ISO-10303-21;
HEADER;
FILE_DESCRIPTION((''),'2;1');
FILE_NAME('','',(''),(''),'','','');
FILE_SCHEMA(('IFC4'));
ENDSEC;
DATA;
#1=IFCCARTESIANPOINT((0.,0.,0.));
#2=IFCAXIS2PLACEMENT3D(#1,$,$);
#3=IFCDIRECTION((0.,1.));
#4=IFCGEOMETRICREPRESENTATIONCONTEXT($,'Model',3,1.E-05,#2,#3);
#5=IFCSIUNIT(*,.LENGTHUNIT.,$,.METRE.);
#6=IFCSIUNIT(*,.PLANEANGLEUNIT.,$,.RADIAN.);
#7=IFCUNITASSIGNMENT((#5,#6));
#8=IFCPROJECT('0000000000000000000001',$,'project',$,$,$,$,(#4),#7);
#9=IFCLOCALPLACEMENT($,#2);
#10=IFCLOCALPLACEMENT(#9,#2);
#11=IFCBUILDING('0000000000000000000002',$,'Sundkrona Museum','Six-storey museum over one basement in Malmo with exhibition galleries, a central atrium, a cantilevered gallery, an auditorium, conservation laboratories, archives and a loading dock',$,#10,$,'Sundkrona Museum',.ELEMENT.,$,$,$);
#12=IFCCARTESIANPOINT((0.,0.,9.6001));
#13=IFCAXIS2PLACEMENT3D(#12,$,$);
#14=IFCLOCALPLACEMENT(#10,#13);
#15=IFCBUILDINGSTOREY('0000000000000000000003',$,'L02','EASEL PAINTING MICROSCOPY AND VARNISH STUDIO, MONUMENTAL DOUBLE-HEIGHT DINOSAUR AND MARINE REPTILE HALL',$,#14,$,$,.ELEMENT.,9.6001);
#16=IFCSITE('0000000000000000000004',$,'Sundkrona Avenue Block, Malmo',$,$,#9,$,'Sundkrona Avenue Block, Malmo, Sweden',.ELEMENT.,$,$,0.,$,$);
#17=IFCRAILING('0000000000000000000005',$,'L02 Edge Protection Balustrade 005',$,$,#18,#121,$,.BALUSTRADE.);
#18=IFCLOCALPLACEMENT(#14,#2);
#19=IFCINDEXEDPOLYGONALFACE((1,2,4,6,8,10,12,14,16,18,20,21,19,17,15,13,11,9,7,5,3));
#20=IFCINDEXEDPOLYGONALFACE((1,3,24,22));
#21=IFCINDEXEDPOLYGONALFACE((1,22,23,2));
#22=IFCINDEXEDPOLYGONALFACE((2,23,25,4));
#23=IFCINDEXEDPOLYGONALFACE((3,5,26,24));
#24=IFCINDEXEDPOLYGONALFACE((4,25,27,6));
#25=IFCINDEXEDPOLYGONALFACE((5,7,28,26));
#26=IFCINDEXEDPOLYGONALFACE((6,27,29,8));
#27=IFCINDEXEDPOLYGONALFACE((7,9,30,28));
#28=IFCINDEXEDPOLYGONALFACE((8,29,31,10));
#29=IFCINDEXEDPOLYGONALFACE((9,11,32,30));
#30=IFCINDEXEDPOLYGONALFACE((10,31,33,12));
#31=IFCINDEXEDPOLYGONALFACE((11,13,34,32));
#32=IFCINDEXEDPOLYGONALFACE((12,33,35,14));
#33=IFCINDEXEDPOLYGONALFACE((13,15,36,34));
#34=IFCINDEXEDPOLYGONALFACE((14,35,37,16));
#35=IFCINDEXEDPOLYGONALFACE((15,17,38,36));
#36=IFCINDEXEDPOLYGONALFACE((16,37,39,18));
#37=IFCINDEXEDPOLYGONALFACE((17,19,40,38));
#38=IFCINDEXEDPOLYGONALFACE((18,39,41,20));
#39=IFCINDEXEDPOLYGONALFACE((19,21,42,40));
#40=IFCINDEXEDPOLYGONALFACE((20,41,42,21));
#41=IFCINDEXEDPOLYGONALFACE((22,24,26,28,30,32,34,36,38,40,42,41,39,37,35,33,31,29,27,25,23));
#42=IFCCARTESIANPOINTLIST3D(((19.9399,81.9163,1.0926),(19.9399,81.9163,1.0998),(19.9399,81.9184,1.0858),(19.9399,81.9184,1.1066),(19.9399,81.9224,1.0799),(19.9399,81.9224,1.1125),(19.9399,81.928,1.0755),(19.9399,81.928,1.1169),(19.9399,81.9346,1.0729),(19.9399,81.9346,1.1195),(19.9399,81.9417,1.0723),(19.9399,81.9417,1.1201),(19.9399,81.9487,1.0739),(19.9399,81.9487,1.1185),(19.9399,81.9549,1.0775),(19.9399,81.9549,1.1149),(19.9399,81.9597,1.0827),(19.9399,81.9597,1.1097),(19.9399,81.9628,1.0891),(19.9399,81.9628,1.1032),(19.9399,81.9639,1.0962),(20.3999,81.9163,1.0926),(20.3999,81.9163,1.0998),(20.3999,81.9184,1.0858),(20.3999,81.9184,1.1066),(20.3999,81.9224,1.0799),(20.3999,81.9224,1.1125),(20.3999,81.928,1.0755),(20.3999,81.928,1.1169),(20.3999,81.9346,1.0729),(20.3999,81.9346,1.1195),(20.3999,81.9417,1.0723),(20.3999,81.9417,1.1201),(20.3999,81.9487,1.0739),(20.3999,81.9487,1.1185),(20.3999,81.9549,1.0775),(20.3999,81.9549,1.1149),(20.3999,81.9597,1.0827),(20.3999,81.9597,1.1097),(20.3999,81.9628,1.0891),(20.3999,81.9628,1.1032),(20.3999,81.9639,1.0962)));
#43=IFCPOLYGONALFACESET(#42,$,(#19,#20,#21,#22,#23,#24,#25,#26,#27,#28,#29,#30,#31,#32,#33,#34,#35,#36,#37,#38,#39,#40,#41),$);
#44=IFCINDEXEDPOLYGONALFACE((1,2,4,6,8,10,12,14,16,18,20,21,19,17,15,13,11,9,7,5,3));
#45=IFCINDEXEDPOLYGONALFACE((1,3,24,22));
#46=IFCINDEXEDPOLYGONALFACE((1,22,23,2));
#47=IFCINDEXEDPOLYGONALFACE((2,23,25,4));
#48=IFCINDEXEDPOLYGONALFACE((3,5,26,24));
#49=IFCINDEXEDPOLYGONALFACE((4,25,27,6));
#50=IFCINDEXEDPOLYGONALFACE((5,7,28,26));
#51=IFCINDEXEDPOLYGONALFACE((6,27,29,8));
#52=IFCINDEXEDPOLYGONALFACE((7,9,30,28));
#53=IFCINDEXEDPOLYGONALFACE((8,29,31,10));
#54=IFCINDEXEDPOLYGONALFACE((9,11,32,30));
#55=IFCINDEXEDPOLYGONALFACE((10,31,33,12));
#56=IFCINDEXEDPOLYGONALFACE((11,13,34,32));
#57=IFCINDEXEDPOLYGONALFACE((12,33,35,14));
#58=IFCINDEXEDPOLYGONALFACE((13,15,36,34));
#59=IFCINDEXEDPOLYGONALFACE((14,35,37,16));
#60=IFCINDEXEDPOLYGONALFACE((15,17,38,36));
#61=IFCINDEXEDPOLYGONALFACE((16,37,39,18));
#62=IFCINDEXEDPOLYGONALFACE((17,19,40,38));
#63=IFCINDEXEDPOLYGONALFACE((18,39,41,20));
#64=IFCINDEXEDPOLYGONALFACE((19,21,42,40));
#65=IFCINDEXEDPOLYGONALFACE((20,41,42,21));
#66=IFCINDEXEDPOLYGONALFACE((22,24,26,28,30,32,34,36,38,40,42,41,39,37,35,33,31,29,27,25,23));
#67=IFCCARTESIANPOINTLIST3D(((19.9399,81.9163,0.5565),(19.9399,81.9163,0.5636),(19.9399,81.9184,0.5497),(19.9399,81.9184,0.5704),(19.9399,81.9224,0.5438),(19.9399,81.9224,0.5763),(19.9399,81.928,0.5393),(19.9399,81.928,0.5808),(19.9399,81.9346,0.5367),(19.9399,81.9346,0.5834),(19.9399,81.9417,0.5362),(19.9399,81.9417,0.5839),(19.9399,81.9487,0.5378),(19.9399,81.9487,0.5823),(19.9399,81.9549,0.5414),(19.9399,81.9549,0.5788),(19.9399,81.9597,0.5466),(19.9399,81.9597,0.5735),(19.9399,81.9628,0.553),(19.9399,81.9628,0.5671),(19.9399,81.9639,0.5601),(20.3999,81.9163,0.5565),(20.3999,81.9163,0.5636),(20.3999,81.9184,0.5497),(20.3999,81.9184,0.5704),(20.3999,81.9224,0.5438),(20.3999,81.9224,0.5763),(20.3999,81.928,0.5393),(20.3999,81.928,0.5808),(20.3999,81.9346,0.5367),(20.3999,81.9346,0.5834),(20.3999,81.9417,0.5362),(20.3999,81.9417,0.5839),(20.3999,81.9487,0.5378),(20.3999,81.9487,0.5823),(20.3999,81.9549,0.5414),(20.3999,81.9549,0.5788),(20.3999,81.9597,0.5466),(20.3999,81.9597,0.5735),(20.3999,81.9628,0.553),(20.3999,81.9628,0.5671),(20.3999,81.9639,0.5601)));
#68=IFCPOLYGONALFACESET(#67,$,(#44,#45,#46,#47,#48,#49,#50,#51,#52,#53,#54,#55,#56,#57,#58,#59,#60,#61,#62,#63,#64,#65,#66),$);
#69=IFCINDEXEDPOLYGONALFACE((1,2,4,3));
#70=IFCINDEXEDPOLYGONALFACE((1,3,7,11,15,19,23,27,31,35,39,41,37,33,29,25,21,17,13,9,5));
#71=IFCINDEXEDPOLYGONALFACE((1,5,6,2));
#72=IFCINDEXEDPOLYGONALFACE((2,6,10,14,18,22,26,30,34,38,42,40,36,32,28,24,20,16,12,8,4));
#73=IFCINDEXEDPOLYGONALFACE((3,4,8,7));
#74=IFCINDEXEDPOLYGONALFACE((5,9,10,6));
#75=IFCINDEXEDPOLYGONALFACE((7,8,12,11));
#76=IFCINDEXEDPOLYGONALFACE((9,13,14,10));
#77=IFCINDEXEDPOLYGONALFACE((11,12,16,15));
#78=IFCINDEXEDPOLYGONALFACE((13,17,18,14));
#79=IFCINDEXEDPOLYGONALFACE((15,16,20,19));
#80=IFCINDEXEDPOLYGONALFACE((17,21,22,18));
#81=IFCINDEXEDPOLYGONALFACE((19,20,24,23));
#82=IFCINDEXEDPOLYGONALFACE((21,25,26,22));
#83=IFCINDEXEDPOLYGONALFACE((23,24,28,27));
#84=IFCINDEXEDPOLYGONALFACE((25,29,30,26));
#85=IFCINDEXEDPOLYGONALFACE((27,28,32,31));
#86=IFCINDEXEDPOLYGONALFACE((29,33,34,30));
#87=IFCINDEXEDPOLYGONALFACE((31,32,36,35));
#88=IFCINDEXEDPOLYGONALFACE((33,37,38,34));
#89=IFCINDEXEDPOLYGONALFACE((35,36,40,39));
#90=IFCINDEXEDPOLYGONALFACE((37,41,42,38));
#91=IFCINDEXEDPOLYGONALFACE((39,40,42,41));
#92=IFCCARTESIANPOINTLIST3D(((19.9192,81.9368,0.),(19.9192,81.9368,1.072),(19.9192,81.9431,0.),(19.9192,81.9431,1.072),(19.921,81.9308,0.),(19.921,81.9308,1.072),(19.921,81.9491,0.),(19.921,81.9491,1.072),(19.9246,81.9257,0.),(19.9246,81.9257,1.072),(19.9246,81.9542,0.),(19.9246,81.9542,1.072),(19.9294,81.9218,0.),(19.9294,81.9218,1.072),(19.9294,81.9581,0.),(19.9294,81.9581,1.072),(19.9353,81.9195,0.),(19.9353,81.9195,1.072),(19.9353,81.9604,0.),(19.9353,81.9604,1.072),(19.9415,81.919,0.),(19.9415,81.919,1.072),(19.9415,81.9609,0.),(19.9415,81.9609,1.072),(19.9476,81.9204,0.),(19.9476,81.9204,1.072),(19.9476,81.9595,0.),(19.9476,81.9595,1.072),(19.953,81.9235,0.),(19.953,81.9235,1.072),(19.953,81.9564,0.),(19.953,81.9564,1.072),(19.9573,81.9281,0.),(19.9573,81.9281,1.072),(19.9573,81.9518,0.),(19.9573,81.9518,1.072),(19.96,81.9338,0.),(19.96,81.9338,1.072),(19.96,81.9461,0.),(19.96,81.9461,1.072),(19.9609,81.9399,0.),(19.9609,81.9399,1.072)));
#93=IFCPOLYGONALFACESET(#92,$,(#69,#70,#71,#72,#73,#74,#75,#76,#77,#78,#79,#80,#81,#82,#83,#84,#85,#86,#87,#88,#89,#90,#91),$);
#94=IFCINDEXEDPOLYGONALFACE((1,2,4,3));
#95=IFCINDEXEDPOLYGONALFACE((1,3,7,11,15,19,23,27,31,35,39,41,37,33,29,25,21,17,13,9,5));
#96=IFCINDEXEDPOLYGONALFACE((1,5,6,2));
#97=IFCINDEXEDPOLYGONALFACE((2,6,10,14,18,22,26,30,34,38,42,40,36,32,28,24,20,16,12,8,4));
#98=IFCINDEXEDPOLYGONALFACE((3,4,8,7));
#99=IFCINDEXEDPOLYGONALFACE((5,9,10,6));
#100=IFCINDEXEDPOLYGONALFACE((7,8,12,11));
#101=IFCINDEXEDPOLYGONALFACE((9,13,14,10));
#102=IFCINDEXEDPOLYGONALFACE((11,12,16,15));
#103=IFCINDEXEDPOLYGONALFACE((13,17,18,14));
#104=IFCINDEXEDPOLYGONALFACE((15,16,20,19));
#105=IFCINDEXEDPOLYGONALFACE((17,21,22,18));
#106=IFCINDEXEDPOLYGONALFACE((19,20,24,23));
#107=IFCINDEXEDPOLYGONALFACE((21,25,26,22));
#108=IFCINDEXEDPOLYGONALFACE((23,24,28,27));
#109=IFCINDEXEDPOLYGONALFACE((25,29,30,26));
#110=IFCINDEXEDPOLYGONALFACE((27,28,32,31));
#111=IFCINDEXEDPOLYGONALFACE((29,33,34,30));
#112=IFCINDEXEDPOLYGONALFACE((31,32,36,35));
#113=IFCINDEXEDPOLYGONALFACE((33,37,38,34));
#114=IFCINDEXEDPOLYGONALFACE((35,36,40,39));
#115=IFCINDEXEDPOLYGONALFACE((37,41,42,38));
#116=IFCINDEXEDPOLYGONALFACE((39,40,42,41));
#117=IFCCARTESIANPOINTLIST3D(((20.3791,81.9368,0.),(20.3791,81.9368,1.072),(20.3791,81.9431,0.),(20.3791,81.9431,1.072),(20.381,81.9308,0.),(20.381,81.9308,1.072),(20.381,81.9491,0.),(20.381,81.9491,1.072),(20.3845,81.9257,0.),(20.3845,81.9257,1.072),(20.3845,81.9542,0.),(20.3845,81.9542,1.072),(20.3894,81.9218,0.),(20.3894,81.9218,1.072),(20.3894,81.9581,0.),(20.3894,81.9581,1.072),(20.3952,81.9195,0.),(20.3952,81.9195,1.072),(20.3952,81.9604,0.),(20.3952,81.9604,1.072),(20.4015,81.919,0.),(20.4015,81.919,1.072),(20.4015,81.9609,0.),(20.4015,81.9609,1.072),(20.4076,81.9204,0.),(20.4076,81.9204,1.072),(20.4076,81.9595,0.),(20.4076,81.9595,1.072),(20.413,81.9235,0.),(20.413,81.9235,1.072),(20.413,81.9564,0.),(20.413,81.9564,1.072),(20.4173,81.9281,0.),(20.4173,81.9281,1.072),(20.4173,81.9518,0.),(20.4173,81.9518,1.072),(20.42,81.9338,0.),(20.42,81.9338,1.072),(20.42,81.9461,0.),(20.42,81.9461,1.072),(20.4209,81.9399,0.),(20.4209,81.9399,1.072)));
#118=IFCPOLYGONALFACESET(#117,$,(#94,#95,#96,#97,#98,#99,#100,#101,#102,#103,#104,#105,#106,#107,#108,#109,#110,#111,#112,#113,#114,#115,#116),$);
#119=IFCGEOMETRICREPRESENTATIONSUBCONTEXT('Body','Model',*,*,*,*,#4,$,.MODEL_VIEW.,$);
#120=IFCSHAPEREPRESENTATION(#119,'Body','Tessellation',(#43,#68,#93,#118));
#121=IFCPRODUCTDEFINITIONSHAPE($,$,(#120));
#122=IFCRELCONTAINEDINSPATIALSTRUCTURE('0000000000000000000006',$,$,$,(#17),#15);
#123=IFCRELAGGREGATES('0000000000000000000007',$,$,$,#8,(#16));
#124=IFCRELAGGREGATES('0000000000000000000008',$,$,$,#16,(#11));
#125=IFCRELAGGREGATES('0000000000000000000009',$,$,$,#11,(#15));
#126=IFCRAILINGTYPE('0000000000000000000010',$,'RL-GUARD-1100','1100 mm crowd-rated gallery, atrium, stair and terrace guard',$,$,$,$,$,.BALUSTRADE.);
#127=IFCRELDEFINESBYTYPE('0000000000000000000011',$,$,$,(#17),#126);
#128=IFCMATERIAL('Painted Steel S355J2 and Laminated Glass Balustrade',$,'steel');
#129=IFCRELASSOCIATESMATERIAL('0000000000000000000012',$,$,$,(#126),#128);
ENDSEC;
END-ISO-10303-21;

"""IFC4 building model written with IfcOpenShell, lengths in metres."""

from ifc_helpers import new_model, si_unit, direction, frame, origin, origin_2d, place, context, subcontext, project, spatial, circle, extrude, material, type_object, element, save


model = new_model("IFC4")

# Units and contexts
model_context = context("Model", 3, precision=1e-05, world=origin(), true_north=direction((0.0, 1.0)))
body_context = subcontext(model_context, "Body", "Model", "MODEL_VIEW")
ifc_project = project(units=[si_unit("LENGTHUNIT", "METRE"), si_unit("PLANEANGLEUNIT", "RADIAN")], contexts=[model_context])

# Site, building, storey
site_placement = place(None, origin())
site = spatial("IfcSite", under=ifc_project, at=site_placement, Name="Sundkrona Avenue Block, Malmo", LongName="Sundkrona Avenue Block, Malmo, Sweden", CompositionType="ELEMENT", RefElevation=0.0)
building_placement = place(site_placement, origin())
building = spatial("IfcBuilding", under=site, at=building_placement, Name="Sundkrona Museum", Description="Six-storey museum over one basement in Malmo with exhibition galleries, a central atrium, a cantilevered gallery, an auditorium, conservation laboratories, archives and a loading dock", LongName="Sundkrona Museum", CompositionType="ELEMENT")
storey_placement = place(building_placement, frame((0.0, 0.0, 9.6001)))
storey = spatial("IfcBuildingStorey", under=building, at=storey_placement, Name="L02", Description="EASEL PAINTING MICROSCOPY AND VARNISH STUDIO, MONUMENTAL DOUBLE-HEIGHT DINOSAUR AND MARINE REPTILE HALL", CompositionType="ELEMENT", Elevation=9.6001)

# Railing
ifc_material_1 = material(Name="Painted Steel S355J2 and Laminated Glass Balustrade", Category="steel")
railing_type = type_object("IfcRailingType", Name="RL-GUARD-1100", Description="1100 mm crowd-rated gallery, atrium, stair and terrace guard", PredefinedType="BALUSTRADE", material=ifc_material_1)
railing_placement = place(storey_placement, frame((19.9399, 81.9399, 0.0)))
element("IfcRailing", 1, at=railing_placement, inside=storey, type_object=railing_type, Name="L02 Edge Protection Balustrade 005", PredefinedType="BALUSTRADE", context=body_context, shape_type="SweptSolid", body=[
    extrude(circle(Radius=0.0239, at=origin_2d()), frame((0.0, 0.0, 1.0962), z_axis=(1.0, 0.0, 0.0), x_axis=(0.0, 1.0, 0.0)), (0.0, 0.0, 1.0), 0.46),
    extrude(circle(Radius=0.0239, at=origin_2d()), frame((0.0, 0.0, 0.5601), z_axis=(1.0, 0.0, 0.0), x_axis=(0.0, 1.0, 0.0)), (0.0, 0.0, 1.0), 0.46),
    extrude(circle(Radius=0.021, at=origin_2d()), origin(), (0.0, 0.0, 1.0), 1.072),
    extrude(circle(Radius=0.021, at=origin_2d()), frame((0.46, 0.0, 0.0)), (0.0, 0.0, 1.0), 1.072),
])

save(model, "model.ifc")
